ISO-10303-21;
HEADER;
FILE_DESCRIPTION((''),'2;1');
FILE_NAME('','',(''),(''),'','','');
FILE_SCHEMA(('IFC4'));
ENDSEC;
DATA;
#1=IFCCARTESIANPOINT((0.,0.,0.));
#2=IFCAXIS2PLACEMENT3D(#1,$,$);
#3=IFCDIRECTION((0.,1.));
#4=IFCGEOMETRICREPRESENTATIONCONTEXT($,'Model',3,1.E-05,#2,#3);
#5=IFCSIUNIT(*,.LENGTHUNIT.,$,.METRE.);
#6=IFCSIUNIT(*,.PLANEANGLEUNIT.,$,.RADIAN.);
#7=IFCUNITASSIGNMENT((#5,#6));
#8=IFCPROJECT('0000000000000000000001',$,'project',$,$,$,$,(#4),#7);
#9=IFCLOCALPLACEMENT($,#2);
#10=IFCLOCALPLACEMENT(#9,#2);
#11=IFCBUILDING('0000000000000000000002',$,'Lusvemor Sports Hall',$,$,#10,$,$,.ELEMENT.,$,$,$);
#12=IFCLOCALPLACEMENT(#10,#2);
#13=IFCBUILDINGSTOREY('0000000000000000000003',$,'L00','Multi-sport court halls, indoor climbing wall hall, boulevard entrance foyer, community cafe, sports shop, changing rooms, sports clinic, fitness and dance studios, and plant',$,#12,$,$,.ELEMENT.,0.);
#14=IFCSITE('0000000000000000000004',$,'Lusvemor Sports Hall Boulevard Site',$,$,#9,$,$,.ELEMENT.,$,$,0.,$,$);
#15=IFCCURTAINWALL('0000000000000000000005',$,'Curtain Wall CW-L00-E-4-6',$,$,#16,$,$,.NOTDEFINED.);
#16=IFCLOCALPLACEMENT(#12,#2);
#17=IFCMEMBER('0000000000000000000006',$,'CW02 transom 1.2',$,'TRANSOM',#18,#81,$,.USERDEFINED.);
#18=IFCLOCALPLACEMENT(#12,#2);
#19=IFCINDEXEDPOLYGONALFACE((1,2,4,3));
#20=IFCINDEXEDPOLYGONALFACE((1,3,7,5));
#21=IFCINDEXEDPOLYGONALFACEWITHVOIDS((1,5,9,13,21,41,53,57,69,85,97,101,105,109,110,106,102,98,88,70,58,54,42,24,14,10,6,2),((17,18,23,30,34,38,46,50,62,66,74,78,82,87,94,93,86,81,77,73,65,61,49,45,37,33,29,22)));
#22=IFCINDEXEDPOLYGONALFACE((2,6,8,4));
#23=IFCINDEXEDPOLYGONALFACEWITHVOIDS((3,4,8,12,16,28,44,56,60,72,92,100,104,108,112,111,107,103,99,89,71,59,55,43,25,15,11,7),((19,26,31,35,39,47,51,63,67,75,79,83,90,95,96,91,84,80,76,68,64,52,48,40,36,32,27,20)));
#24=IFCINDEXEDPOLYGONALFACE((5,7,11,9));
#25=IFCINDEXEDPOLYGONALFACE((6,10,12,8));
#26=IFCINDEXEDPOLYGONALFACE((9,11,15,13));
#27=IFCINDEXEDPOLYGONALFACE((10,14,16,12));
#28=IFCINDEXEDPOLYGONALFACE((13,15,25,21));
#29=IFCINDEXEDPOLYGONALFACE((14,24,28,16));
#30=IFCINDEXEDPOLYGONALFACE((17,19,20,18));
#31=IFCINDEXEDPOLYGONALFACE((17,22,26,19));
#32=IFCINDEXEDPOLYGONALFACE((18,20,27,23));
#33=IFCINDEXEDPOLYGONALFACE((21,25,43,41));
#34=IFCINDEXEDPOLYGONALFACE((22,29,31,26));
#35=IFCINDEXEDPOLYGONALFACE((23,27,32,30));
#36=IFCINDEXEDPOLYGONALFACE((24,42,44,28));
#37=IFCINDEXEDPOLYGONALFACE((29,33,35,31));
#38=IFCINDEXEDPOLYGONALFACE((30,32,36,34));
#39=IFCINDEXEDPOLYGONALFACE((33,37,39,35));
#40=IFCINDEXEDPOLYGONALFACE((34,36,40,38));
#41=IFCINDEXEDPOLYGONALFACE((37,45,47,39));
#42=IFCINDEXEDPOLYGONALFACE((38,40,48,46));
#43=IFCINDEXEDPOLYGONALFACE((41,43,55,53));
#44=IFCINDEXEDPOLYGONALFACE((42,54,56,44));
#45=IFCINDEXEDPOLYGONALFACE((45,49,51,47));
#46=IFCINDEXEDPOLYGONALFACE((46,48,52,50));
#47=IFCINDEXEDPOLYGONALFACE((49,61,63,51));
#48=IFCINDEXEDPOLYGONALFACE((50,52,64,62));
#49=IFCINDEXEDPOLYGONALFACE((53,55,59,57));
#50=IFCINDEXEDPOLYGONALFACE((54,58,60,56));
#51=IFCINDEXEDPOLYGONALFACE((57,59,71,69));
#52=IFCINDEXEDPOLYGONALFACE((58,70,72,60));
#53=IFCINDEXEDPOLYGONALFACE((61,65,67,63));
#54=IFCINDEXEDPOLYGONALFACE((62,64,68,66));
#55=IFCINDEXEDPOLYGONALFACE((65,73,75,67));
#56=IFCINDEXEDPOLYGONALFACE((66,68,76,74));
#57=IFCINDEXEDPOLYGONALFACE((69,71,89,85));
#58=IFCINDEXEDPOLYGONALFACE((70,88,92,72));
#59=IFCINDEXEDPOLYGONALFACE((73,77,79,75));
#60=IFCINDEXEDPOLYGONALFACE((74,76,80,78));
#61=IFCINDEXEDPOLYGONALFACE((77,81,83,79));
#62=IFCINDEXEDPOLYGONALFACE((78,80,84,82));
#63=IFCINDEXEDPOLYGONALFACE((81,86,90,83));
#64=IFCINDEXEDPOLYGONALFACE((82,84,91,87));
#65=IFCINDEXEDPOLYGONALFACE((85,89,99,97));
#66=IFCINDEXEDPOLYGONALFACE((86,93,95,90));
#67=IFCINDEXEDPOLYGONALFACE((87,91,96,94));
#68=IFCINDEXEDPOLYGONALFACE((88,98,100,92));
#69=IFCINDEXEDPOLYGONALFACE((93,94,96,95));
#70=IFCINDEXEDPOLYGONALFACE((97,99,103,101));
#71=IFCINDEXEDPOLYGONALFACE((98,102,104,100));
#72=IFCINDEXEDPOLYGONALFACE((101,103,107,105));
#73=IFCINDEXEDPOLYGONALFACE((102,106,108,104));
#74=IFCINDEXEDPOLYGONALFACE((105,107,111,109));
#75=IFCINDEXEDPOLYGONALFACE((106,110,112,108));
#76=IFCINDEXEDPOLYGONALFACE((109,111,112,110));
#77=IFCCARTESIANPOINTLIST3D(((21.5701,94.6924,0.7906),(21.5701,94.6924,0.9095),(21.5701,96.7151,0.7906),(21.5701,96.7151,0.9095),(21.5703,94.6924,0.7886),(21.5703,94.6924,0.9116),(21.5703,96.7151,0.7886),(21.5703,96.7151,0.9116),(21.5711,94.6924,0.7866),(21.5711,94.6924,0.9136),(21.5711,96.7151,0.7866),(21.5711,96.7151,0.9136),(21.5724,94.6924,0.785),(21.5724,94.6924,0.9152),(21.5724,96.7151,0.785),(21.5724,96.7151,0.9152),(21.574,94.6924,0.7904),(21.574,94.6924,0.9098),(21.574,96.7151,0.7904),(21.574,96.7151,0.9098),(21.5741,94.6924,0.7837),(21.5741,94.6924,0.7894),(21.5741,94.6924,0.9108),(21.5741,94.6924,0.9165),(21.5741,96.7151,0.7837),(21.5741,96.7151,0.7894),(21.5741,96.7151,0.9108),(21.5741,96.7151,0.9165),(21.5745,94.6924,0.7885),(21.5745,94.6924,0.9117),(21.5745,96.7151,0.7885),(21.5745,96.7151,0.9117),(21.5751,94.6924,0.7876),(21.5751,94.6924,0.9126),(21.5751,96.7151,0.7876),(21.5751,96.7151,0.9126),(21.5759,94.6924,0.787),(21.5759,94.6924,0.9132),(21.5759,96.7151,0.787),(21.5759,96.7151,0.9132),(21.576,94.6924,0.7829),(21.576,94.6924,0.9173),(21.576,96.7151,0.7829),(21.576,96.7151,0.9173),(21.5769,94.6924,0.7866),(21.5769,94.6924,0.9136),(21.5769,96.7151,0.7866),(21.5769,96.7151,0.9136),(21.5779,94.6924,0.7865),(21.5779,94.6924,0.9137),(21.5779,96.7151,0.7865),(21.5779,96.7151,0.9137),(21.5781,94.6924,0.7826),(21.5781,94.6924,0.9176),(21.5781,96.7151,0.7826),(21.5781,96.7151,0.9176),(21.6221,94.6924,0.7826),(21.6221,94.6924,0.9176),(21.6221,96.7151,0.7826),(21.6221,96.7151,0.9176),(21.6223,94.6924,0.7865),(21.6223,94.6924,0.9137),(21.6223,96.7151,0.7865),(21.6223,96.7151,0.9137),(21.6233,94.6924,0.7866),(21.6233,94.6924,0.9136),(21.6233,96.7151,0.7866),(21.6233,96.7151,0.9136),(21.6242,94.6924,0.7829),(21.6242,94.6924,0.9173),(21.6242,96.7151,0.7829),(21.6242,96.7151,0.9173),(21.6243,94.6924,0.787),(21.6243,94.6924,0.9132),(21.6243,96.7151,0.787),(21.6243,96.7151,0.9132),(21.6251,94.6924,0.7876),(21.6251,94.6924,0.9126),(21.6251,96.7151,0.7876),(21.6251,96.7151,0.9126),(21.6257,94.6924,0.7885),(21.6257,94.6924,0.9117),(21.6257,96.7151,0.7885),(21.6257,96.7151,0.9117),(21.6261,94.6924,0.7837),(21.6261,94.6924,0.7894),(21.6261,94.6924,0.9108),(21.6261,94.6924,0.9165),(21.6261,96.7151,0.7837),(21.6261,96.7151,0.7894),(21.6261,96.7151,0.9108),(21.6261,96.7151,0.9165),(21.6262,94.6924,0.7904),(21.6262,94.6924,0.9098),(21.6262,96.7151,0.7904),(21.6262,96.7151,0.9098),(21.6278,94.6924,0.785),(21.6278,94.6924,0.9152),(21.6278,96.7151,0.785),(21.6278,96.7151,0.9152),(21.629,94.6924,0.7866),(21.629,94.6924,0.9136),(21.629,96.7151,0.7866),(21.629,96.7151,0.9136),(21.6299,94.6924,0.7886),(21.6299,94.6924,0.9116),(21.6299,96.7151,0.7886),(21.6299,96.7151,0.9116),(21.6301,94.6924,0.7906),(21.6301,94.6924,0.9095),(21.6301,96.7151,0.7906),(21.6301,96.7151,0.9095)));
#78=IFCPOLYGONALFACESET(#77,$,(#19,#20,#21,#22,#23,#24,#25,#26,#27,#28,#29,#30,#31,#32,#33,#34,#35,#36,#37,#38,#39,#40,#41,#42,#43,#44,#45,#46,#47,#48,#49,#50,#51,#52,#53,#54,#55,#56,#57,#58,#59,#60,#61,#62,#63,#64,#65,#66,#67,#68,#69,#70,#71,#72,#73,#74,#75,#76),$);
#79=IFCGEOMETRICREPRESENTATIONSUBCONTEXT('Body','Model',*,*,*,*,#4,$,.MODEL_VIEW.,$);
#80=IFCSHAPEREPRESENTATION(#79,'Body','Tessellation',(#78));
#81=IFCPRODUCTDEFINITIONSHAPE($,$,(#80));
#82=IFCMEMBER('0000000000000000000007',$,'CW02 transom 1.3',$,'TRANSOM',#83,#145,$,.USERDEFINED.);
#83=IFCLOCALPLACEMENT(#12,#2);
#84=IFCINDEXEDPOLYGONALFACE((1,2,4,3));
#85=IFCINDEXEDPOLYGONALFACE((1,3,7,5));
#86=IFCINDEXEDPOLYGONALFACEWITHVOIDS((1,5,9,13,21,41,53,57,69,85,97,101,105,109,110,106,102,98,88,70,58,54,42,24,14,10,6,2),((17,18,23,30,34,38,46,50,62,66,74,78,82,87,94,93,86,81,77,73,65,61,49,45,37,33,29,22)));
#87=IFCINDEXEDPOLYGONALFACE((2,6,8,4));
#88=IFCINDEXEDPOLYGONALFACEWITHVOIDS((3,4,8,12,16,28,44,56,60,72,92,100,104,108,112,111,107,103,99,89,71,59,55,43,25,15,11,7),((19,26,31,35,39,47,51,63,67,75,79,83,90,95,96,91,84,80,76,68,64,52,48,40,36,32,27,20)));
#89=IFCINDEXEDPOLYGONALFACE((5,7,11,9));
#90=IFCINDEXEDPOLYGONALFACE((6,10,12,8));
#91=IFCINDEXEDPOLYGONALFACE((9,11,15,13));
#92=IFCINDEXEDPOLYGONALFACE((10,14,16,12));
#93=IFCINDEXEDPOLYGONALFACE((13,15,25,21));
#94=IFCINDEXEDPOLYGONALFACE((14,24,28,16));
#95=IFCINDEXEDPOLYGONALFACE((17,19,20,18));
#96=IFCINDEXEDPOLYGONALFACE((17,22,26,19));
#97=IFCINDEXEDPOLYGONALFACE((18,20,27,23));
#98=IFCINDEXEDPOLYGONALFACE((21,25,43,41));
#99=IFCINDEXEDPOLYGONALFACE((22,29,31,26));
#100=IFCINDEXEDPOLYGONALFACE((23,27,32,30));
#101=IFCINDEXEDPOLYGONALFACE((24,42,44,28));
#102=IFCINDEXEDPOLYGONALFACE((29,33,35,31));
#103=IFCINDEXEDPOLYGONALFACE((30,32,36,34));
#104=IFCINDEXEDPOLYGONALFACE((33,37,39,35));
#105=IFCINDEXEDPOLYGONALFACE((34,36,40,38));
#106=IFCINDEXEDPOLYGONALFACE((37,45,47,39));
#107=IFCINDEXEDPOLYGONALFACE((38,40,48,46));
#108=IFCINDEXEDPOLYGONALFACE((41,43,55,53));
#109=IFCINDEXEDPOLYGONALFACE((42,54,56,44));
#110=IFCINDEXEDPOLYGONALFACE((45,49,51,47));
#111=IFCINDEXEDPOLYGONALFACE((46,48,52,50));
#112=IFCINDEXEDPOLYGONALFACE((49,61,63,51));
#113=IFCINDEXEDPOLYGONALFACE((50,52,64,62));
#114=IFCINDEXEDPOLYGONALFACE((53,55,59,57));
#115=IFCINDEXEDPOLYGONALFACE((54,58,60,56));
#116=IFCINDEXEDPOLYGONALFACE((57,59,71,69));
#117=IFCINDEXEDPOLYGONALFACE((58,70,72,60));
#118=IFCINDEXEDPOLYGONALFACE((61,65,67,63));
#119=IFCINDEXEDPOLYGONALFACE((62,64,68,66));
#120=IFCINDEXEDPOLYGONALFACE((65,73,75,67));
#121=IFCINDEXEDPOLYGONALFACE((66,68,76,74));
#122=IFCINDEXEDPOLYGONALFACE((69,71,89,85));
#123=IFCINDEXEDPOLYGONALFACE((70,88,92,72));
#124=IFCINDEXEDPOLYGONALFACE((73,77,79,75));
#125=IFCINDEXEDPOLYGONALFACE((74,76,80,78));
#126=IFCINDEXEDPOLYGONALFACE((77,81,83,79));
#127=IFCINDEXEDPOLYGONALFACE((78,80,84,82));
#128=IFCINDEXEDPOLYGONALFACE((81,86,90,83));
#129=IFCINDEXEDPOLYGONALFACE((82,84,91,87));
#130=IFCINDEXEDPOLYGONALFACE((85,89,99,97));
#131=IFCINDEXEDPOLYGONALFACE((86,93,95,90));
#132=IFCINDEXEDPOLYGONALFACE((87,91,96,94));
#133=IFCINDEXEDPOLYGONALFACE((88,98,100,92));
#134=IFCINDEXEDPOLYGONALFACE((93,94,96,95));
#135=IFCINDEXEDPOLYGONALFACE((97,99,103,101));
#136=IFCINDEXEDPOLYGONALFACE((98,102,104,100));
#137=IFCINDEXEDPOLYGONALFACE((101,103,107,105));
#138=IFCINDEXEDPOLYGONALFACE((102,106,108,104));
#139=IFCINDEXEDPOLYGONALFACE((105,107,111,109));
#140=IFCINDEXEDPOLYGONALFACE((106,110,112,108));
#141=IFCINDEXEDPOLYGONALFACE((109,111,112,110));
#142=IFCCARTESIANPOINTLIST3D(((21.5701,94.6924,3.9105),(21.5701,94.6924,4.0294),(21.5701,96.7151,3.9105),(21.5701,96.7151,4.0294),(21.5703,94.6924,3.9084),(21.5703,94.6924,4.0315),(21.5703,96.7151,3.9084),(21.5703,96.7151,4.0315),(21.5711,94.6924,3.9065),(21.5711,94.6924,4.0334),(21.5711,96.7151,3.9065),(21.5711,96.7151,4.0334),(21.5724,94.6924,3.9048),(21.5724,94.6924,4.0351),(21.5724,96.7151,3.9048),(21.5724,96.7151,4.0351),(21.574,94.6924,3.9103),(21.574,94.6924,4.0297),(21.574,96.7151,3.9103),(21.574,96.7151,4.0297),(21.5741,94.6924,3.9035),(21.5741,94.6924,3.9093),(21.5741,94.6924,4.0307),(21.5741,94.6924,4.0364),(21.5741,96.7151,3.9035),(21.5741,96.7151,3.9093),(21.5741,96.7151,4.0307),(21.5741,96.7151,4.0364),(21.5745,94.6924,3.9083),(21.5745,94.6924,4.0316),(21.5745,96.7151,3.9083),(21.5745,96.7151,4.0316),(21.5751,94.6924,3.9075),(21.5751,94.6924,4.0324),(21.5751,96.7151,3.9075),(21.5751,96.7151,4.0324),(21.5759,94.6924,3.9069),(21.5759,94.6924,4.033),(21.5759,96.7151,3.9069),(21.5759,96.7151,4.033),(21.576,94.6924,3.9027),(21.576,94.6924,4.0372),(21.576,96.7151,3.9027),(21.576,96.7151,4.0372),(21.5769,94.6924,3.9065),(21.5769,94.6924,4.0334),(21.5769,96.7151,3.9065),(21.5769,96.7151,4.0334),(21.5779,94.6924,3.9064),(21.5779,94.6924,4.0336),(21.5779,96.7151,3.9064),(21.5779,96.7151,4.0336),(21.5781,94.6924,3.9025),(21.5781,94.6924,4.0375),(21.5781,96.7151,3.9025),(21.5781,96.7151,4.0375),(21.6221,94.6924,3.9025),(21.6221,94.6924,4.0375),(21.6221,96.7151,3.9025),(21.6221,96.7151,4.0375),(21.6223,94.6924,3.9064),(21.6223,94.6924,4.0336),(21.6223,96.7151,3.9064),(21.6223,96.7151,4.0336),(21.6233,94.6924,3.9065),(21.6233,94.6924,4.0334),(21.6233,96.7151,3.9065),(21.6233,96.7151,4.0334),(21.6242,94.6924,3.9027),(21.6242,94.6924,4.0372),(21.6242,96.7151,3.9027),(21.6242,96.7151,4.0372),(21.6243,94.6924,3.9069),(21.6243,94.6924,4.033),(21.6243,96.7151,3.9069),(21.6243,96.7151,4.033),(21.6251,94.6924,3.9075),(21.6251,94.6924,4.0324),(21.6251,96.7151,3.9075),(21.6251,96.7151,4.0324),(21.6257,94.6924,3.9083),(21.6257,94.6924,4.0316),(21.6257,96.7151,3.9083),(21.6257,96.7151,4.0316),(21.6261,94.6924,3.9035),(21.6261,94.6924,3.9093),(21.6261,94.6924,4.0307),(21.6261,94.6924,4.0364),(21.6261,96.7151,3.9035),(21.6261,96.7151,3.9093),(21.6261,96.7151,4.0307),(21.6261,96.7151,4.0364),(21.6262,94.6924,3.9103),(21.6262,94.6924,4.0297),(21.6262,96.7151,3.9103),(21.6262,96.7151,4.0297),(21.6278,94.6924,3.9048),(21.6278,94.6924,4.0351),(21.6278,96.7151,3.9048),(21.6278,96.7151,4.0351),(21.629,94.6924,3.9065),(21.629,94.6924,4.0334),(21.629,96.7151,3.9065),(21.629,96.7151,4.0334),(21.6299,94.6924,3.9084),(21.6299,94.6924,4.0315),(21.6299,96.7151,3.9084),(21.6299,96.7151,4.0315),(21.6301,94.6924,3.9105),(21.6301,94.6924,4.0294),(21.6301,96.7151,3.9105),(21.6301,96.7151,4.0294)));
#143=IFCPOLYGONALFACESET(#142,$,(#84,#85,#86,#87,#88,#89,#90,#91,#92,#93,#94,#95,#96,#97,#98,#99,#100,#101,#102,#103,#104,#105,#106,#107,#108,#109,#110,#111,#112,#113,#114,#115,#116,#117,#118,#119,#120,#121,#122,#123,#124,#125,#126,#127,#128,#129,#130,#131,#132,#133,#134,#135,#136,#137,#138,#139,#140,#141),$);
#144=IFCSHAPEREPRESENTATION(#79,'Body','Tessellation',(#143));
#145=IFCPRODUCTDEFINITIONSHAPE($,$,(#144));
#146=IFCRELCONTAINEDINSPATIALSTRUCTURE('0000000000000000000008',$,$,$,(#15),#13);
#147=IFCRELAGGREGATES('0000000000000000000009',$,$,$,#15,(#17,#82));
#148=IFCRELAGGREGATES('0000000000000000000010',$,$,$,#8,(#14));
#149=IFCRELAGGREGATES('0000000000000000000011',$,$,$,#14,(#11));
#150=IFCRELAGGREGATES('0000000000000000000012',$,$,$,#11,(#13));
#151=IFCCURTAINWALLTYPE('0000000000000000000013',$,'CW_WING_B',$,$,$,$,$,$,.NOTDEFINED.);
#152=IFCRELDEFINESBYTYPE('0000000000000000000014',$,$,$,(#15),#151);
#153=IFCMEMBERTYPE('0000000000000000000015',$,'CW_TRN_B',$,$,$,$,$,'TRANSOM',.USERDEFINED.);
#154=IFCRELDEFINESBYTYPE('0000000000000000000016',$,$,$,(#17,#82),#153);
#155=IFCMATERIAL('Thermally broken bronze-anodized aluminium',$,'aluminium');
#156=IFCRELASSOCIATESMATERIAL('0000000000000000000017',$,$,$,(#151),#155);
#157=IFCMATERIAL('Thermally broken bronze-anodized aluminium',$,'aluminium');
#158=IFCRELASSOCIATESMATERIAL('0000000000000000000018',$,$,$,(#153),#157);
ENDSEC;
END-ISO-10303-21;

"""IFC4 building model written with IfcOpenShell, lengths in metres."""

from ifc_helpers import new_model, si_unit, direction, frame, origin, origin_2d, place, context, subcontext, project, spatial, hollow_rectangle, extrude, material, material_profile, profile_set, type_object, element, aggregate, save


model = new_model("IFC4")

# Units and contexts
model_context = context("Model", 3, precision=1e-05, world=origin(), true_north=direction((0.0, 1.0)))
body_context = subcontext(model_context, "Body", "Model", "MODEL_VIEW")
ifc_project = project(units=[si_unit("LENGTHUNIT", "METRE"), si_unit("PLANEANGLEUNIT", "RADIAN")], contexts=[model_context])

# Site, building, storey
site_placement = place(None, origin())
site = spatial("IfcSite", under=ifc_project, at=site_placement, Name="Lusvemor Sports Hall Boulevard Site", CompositionType="ELEMENT", RefElevation=0.0)
building_placement = place(site_placement, origin())
building = spatial("IfcBuilding", under=site, at=building_placement, Name="Lusvemor Sports Hall", CompositionType="ELEMENT")
storey_placement = place(building_placement, origin())
storey = spatial("IfcBuildingStorey", under=building, at=storey_placement, Name="L00", Description="Multi-sport court halls, indoor climbing wall hall, boulevard entrance foyer, community cafe, sports shop, changing rooms, sports clinic, fitness and dance studios, and plant", CompositionType="ELEMENT", Elevation=0.0)

# Curtain wall, members
ifc_material_1 = material(Name="Thermally broken bronze-anodized aluminium", Category="aluminium")
curtain_wall_type = type_object("IfcCurtainWallType", Name="CW_WING_B", PredefinedType="NOTDEFINED", material=ifc_material_1)
curtain_wall_placement = place(storey_placement, origin())
curtain_wall = element("IfcCurtainWall", 1, at=curtain_wall_placement, inside=storey, type_object=curtain_wall_type, Name="Curtain Wall CW-L00-E-4-6", PredefinedType="NOTDEFINED")
ifc_material_2 = material(Name="Thermally broken bronze-anodized aluminium", Category="aluminium")
ifc_material_profile_1 = material_profile(ifc_material_2, hollow_rectangle(XDim=0.0601, YDim=0.135, WallThickness=0.0039, InnerFilletRadius=0.0039, OuterFilletRadius=0.0081, at=origin_2d()), Name="CWTRN135x60x4")
ifc_profile_set_1 = profile_set([ifc_material_profile_1], Name="Thermally broken bronze-anodized aluminium")
member_type_1 = type_object("IfcMemberType", Name="CW_TRN_B", ElementType="TRANSOM", PredefinedType="USERDEFINED", material=ifc_profile_set_1)
member_1_placement = place(storey_placement, frame((21.6001, 96.7151, 0.8501), z_axis=(0.0, -1.0, 0.0), x_axis=(1.0, 0.0, 0.0)))
member_1 = element("IfcMember", 2, at=member_1_placement, type_object=member_type_1, Name="CW02 transom 1.2", ObjectType="TRANSOM", PredefinedType="USERDEFINED", context=body_context, shape_type="SweptSolid", body=[
    extrude(hollow_rectangle(XDim=0.0601, YDim=0.135, WallThickness=0.0039, InnerFilletRadius=0.0039, OuterFilletRadius=0.0081, at=origin_2d()), origin(), (0.0, 0.0, 1.0), 2.0227),
])
member_2_placement = place(storey_placement, frame((21.6001, 96.7151, 3.97), z_axis=(0.0, -1.0, 0.0), x_axis=(1.0, 0.0, 0.0)))
member_2 = element("IfcMember", 3, at=member_2_placement, type_object=member_type_1, Name="CW02 transom 1.3", ObjectType="TRANSOM", PredefinedType="USERDEFINED", context=body_context, shape_type="SweptSolid", body=[
    extrude(hollow_rectangle(XDim=0.0601, YDim=0.135, WallThickness=0.0039, InnerFilletRadius=0.0039, OuterFilletRadius=0.0081, at=origin_2d()), origin(), (0.0, 0.0, 1.0), 2.0227),
])
aggregate(curtain_wall, [member_1, member_2])

save(model, "model.ifc")
